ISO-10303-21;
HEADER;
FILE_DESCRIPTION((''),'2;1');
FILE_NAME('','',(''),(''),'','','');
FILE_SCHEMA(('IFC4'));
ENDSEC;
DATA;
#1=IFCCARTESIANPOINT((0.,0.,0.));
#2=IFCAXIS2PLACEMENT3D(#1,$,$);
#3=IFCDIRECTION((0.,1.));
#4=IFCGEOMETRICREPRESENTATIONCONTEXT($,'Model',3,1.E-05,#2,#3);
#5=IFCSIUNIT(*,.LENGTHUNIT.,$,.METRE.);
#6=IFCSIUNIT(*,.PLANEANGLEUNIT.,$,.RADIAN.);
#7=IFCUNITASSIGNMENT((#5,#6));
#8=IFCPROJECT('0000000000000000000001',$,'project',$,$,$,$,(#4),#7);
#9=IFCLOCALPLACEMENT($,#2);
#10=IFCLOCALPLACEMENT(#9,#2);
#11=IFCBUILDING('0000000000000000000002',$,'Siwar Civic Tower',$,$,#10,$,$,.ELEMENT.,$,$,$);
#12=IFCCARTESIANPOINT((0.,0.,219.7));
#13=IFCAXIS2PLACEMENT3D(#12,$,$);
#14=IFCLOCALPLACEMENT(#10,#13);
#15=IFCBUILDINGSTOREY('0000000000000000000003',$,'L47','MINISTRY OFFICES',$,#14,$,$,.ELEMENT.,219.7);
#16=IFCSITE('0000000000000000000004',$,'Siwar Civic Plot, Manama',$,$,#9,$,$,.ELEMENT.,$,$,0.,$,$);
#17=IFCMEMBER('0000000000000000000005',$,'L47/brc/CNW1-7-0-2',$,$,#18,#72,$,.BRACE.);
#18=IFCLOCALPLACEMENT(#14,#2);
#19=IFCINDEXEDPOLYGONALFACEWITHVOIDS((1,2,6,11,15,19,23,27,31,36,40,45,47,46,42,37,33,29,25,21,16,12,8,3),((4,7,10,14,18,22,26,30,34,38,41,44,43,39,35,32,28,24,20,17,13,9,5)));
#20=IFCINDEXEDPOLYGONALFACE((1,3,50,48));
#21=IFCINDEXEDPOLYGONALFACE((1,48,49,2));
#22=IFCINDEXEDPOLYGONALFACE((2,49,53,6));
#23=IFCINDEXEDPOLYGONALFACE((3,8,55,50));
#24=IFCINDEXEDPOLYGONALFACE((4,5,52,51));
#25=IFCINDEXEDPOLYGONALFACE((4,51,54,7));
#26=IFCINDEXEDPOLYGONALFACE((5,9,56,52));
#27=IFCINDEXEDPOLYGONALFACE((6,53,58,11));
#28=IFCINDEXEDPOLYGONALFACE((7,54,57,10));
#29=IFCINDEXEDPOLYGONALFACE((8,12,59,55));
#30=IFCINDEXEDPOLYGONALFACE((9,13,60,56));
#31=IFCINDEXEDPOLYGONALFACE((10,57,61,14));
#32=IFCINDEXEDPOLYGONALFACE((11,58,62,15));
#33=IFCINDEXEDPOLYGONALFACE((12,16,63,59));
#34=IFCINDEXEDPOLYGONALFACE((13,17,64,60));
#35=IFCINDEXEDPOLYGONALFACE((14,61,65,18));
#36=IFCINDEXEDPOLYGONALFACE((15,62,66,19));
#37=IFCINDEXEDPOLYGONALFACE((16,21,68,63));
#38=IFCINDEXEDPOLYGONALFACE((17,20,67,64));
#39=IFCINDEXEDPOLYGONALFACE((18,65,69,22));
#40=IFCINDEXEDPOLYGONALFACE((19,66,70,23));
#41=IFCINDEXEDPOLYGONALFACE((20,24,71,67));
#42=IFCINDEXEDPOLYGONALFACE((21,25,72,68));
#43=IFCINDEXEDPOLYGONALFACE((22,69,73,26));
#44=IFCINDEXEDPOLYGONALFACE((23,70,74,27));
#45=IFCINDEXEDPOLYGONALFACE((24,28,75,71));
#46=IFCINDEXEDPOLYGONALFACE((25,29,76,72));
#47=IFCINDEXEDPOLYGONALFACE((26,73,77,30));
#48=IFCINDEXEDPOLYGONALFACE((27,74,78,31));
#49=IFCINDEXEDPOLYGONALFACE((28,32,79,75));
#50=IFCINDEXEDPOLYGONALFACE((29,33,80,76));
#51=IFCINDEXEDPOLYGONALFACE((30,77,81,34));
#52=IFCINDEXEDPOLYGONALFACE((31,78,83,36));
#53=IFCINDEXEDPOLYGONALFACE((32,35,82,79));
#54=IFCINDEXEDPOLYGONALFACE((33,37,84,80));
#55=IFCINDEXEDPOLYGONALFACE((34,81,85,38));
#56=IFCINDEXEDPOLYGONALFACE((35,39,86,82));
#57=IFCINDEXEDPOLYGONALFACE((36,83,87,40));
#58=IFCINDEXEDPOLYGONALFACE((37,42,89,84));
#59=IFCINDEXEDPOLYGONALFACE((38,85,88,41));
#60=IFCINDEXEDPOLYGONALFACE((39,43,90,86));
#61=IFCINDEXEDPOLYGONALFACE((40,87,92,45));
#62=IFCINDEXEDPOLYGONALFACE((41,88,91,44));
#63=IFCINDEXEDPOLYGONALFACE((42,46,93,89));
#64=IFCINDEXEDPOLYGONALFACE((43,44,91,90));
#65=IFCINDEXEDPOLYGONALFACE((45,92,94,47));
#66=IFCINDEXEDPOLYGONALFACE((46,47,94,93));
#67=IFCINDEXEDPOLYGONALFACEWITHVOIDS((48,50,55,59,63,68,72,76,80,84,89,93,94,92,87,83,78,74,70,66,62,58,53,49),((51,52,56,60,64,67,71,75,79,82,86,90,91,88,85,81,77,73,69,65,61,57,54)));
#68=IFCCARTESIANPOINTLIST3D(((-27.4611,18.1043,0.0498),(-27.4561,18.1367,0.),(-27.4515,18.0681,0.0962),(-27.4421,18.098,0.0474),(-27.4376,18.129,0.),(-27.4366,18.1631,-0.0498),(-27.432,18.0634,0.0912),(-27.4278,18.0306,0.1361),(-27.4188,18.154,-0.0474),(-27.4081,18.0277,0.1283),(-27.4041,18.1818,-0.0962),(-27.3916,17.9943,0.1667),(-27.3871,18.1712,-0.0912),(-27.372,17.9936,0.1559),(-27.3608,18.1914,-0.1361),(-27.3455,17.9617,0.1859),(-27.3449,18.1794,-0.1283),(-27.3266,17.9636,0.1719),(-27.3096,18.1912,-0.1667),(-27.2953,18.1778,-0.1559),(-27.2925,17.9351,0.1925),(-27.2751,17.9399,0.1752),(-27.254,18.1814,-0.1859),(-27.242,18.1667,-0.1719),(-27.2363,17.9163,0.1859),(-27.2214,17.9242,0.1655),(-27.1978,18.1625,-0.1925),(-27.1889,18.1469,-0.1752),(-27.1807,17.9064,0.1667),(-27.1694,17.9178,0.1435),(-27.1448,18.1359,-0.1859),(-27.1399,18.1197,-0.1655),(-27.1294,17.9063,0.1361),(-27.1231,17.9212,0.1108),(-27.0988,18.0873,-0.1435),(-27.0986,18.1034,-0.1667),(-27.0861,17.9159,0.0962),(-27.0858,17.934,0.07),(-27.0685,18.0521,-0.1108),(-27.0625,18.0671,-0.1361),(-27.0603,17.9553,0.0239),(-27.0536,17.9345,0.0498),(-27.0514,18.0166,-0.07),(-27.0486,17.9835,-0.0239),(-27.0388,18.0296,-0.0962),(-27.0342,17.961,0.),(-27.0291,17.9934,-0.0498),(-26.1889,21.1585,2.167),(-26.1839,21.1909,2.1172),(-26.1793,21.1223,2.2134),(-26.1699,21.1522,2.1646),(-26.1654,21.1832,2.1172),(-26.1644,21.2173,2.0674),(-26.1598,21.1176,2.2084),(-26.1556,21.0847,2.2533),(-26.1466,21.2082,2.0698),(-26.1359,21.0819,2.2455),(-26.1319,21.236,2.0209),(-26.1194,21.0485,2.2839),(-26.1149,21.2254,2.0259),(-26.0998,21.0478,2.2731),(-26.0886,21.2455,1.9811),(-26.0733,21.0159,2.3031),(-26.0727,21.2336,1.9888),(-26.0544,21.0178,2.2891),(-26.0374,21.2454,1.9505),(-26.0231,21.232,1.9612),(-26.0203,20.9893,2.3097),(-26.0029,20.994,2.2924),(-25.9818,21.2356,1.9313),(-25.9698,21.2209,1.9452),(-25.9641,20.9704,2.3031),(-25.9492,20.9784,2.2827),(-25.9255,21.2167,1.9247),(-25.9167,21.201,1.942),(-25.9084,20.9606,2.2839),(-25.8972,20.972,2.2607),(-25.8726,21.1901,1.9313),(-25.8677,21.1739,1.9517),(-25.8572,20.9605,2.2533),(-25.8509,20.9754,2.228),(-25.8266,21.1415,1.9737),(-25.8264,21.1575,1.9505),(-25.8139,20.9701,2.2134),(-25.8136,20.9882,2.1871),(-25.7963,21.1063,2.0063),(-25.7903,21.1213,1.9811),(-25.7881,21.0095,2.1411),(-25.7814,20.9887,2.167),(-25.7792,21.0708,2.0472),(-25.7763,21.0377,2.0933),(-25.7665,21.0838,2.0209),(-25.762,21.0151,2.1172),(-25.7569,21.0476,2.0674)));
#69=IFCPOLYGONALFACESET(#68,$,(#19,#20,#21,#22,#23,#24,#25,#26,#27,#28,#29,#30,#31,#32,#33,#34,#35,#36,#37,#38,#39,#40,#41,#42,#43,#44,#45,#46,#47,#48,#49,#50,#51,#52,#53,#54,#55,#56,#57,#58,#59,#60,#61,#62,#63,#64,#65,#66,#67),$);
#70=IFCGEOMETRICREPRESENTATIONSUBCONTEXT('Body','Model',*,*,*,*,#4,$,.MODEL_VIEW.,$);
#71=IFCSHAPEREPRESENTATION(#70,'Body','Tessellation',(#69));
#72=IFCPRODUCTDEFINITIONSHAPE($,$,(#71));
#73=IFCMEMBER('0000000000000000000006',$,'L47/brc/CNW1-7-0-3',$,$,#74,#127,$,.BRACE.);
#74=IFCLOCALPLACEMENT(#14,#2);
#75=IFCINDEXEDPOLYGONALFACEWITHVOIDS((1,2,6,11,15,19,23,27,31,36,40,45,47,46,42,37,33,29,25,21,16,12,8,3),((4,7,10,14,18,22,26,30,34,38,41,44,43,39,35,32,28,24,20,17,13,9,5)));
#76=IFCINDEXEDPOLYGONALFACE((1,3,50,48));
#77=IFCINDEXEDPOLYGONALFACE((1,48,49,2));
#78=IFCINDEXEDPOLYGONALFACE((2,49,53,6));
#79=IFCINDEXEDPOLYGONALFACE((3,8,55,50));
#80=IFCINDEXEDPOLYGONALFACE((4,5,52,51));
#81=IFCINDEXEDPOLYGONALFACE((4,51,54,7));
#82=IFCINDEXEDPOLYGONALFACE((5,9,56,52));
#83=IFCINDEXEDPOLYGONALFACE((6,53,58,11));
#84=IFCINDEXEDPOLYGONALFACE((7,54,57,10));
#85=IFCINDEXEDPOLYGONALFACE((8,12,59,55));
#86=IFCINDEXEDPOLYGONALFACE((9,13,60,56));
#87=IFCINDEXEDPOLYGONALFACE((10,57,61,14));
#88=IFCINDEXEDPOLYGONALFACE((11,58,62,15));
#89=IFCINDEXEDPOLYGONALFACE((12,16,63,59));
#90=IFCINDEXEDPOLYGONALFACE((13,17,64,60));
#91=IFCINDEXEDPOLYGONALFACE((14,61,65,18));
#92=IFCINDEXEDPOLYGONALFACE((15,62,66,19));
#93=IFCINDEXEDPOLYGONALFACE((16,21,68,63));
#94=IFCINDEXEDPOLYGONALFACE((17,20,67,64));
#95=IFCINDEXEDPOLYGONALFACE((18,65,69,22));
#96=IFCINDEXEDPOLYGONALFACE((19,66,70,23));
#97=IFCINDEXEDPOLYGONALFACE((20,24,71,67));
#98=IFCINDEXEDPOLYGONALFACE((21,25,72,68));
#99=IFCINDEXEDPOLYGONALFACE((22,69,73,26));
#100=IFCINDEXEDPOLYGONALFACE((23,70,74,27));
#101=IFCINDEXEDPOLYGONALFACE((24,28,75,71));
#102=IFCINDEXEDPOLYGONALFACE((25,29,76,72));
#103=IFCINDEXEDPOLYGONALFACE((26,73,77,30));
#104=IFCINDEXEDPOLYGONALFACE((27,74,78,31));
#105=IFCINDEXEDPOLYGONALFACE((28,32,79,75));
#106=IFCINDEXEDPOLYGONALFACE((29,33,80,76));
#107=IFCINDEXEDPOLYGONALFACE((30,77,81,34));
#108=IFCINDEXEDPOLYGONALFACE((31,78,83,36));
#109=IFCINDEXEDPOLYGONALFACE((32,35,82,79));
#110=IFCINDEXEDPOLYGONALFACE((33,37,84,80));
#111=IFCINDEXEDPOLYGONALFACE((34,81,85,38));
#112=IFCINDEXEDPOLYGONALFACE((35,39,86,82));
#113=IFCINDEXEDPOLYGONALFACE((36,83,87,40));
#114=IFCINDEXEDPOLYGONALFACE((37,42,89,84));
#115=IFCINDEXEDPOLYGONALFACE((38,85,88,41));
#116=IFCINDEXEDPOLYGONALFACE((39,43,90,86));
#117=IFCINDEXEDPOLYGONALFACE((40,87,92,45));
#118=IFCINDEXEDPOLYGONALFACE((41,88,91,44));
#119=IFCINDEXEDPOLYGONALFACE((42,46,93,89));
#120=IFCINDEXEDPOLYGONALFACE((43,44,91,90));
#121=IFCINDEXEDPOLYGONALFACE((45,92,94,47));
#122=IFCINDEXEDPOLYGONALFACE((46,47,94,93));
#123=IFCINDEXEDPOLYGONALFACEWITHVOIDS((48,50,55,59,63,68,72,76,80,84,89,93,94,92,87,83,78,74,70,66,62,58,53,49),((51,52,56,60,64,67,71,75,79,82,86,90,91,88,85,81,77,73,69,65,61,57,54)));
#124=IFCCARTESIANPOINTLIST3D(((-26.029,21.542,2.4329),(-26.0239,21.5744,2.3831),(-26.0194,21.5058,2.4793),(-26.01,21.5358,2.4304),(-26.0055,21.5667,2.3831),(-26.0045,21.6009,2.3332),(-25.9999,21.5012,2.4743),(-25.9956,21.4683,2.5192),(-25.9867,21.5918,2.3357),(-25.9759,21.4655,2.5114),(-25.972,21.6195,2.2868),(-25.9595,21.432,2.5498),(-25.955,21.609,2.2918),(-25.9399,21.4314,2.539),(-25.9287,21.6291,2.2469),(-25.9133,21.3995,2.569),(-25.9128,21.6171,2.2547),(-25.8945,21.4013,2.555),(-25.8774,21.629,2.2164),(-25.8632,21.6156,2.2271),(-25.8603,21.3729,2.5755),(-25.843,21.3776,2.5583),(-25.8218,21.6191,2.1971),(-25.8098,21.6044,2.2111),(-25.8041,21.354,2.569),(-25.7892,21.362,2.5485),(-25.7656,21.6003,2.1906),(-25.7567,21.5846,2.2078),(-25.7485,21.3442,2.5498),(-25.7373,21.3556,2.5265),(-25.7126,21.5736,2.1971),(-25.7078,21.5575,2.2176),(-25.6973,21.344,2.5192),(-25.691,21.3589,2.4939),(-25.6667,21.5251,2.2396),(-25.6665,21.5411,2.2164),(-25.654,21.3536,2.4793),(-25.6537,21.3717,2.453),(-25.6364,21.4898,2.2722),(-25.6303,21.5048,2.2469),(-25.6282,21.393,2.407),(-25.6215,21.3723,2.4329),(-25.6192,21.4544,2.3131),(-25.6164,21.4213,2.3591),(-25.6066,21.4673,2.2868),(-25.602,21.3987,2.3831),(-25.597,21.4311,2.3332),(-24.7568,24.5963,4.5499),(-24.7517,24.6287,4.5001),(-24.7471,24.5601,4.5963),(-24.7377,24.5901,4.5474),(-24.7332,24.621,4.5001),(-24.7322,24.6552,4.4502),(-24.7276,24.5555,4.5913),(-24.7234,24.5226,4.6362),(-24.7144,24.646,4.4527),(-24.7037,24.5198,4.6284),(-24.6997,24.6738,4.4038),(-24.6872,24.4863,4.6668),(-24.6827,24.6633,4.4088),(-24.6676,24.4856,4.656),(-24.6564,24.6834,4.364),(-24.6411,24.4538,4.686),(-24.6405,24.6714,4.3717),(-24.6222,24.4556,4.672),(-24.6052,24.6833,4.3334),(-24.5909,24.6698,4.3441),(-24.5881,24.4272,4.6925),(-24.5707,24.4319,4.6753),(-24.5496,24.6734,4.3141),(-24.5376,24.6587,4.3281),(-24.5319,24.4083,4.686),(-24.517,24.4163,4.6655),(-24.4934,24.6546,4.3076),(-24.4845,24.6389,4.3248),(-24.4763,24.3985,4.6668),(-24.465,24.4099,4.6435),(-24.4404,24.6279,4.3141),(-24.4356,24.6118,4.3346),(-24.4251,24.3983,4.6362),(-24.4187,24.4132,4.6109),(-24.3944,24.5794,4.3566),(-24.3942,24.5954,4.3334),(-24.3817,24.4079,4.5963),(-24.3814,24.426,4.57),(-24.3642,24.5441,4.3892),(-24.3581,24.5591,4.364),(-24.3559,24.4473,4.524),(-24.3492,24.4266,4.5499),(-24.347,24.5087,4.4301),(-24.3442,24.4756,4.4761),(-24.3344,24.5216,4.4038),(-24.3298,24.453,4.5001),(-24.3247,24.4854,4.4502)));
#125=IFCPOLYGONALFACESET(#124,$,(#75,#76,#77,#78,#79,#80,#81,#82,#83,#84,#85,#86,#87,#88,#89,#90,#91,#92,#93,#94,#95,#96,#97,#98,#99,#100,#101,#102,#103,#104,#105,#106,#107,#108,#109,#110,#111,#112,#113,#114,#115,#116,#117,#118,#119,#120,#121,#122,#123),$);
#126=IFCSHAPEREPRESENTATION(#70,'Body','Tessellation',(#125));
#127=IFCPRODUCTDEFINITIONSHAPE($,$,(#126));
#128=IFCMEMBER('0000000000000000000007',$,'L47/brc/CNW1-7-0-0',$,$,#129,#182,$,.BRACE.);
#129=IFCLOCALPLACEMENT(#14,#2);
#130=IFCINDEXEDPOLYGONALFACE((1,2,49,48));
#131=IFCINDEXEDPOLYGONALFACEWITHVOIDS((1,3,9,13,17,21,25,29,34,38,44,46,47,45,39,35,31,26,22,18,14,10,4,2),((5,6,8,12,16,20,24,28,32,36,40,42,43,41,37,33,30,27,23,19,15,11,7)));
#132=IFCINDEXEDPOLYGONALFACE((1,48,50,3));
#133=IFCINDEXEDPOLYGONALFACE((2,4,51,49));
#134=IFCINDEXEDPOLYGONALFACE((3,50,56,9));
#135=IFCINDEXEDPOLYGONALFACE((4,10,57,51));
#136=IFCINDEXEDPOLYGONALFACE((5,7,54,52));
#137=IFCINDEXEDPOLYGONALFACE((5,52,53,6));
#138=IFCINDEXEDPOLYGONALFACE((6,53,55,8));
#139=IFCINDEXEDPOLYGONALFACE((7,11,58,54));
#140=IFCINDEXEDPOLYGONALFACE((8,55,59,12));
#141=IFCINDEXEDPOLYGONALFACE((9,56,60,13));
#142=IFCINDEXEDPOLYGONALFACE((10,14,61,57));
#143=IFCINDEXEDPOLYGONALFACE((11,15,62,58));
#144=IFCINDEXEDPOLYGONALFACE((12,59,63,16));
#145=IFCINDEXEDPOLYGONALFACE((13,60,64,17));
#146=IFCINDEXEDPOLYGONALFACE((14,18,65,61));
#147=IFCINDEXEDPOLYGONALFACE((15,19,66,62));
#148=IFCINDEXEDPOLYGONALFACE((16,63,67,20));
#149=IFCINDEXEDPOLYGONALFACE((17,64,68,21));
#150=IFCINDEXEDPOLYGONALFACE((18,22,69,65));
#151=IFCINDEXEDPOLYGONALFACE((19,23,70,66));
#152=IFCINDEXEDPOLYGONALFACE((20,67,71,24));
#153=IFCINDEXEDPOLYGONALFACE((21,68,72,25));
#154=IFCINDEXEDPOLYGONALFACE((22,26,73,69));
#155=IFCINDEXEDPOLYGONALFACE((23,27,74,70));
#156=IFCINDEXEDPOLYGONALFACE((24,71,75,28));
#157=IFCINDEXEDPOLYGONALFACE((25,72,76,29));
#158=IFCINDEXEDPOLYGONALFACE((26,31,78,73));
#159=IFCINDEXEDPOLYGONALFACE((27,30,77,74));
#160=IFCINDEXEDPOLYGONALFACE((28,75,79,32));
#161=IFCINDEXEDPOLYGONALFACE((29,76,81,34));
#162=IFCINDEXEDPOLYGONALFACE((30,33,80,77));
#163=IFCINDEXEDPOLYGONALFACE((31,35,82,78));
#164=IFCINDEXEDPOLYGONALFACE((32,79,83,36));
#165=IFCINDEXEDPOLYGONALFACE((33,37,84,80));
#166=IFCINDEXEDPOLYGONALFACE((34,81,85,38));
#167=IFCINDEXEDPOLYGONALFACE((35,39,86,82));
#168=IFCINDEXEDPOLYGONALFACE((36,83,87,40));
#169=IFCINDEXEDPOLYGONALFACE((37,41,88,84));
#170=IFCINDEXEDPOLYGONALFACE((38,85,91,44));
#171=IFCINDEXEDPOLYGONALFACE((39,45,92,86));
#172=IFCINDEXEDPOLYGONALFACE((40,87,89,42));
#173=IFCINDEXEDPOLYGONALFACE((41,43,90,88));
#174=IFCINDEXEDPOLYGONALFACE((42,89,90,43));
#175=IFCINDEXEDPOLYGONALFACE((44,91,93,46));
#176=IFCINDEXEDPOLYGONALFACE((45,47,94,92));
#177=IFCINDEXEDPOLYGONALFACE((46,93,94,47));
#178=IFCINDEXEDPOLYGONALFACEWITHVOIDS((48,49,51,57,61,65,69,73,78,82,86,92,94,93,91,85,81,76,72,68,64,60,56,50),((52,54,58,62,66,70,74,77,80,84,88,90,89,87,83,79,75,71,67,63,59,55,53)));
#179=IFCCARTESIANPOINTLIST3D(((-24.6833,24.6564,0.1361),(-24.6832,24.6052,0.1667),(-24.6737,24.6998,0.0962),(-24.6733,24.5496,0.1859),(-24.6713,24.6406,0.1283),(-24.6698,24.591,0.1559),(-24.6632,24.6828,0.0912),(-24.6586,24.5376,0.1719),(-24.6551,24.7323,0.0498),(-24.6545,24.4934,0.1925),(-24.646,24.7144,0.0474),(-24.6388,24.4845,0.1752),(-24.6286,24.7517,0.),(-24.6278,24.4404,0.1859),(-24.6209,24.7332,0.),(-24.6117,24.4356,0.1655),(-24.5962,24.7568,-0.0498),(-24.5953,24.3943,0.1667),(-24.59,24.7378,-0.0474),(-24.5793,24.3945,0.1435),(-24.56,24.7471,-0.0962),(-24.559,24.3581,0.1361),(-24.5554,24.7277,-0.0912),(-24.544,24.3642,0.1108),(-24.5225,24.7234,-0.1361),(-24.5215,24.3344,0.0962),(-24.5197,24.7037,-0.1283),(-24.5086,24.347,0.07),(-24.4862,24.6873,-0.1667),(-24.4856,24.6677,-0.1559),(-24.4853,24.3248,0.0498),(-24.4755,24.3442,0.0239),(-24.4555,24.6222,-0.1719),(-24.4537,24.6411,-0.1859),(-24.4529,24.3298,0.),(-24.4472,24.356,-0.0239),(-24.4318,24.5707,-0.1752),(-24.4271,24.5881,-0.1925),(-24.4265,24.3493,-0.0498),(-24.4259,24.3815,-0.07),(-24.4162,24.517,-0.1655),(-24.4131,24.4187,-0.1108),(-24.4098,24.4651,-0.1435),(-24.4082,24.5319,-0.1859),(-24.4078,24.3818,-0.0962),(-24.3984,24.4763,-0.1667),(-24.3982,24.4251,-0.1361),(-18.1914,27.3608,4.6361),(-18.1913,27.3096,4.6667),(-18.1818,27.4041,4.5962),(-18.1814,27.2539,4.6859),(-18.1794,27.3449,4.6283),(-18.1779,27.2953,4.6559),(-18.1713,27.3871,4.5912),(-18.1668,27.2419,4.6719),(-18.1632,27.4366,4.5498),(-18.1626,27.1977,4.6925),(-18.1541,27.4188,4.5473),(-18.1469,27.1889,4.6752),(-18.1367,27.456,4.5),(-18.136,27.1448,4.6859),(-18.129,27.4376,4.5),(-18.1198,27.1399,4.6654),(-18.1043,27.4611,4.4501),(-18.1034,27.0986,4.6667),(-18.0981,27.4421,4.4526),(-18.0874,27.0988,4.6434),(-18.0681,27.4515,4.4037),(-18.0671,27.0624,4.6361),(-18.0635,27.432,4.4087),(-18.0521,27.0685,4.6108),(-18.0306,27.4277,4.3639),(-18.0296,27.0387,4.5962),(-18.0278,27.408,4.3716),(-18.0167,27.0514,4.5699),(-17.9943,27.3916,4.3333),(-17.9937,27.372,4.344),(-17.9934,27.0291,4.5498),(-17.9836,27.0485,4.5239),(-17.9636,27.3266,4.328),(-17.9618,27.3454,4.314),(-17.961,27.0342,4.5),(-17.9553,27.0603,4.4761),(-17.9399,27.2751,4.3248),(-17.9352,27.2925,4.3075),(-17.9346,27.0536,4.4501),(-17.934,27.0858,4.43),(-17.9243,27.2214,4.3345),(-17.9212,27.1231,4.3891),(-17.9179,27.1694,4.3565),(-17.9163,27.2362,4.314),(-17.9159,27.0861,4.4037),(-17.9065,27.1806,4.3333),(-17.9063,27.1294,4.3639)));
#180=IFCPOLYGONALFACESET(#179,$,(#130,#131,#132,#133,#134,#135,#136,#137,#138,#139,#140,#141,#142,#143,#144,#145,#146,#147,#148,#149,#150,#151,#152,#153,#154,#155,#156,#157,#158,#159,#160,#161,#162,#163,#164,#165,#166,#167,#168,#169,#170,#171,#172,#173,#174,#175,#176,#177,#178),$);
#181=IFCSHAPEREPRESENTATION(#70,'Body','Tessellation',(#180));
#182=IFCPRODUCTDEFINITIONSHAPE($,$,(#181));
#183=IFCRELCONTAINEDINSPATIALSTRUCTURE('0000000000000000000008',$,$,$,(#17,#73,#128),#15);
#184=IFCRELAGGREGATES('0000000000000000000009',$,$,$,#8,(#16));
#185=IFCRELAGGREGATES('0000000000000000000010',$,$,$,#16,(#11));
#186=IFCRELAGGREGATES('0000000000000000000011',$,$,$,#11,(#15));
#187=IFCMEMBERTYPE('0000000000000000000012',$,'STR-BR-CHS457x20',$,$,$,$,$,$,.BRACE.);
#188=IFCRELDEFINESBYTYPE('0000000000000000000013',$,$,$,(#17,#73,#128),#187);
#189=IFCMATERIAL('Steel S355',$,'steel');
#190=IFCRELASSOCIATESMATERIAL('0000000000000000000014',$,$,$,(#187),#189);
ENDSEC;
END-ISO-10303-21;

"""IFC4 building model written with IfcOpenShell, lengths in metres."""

from ifc_helpers import new_model, si_unit, direction, frame, origin, origin_2d, place, context, subcontext, project, spatial, hollow_circle, extrude, material, material_profile, profile_set, type_object, element, save


model = new_model("IFC4")

# Units and contexts
model_context = context("Model", 3, precision=1e-05, world=origin(), true_north=direction((0.0, 1.0)))
body_context = subcontext(model_context, "Body", "Model", "MODEL_VIEW")
ifc_project = project(units=[si_unit("LENGTHUNIT", "METRE"), si_unit("PLANEANGLEUNIT", "RADIAN")], contexts=[model_context])

# Site, building, storey
site_placement = place(None, origin())
site = spatial("IfcSite", under=ifc_project, at=site_placement, Name="Siwar Civic Plot, Manama", CompositionType="ELEMENT", RefElevation=0.0)
building_placement = place(site_placement, origin())
building = spatial("IfcBuilding", under=site, at=building_placement, Name="Siwar Civic Tower", CompositionType="ELEMENT")
storey_placement = place(building_placement, frame((0.0, 0.0, 219.7)))
storey = spatial("IfcBuildingStorey", under=building, at=storey_placement, Name="L47", Description="MINISTRY OFFICES", CompositionType="ELEMENT", Elevation=219.7)

# Members
ifc_material_1 = material(Name="Steel S355", Category="steel")
ifc_material_profile_1 = material_profile(ifc_material_1, hollow_circle(Radius=0.2285, WallThickness=0.02, at=origin_2d()), Name="CHS457x20")
ifc_profile_set_1 = profile_set([ifc_material_profile_1], Name="Steel S355")
member_type_1 = type_object("IfcMemberType", Name="STR-BR-CHS457x20", PredefinedType="BRACE", material=ifc_profile_set_1)
for number, where, z_axis, x_axis, name in (
    (1, (-27.2451, 18.0488, 0.0), (0.323884, 0.777546, 0.538999), (-0.923116, 0.384521, 0.0), "L47/brc/CNW1-7-0-2"),
    (2, (-25.813, 21.4866, 2.3831), (0.323895, 0.777572, 0.538955), (-0.923116, 0.384521, 0.0), "L47/brc/CNW1-7-0-3"),
):
    element("IfcMember", number, at=place(storey_placement, frame(where, z_axis=z_axis, x_axis=x_axis)), inside=storey, type_object=member_type_1, Name=name, PredefinedType="BRACE", context=body_context, shape_type="SweptSolid", body=[
        extrude(hollow_circle(Radius=0.2285, WallThickness=0.02, at=origin_2d()), origin(), (0.0, 0.0, 1.0), 3.928),
    ])
member_1_placement = place(storey_placement, frame((-24.5408, 24.5408, 0.0), z_axis=(0.777555, 0.323906, 0.538975), x_axis=(-0.384539, 0.923109, 0.0)))
element("IfcMember", 3, at=member_1_placement, inside=storey, type_object=member_type_1, Name="L47/brc/CNW1-7-0-0", PredefinedType="BRACE", context=body_context, shape_type="SweptSolid", body=[
    extrude(hollow_circle(Radius=0.2285, WallThickness=0.02, at=origin_2d()), origin(), (0.0, 0.0, 1.0), 8.3491),
])

save(model, "model.ifc")
